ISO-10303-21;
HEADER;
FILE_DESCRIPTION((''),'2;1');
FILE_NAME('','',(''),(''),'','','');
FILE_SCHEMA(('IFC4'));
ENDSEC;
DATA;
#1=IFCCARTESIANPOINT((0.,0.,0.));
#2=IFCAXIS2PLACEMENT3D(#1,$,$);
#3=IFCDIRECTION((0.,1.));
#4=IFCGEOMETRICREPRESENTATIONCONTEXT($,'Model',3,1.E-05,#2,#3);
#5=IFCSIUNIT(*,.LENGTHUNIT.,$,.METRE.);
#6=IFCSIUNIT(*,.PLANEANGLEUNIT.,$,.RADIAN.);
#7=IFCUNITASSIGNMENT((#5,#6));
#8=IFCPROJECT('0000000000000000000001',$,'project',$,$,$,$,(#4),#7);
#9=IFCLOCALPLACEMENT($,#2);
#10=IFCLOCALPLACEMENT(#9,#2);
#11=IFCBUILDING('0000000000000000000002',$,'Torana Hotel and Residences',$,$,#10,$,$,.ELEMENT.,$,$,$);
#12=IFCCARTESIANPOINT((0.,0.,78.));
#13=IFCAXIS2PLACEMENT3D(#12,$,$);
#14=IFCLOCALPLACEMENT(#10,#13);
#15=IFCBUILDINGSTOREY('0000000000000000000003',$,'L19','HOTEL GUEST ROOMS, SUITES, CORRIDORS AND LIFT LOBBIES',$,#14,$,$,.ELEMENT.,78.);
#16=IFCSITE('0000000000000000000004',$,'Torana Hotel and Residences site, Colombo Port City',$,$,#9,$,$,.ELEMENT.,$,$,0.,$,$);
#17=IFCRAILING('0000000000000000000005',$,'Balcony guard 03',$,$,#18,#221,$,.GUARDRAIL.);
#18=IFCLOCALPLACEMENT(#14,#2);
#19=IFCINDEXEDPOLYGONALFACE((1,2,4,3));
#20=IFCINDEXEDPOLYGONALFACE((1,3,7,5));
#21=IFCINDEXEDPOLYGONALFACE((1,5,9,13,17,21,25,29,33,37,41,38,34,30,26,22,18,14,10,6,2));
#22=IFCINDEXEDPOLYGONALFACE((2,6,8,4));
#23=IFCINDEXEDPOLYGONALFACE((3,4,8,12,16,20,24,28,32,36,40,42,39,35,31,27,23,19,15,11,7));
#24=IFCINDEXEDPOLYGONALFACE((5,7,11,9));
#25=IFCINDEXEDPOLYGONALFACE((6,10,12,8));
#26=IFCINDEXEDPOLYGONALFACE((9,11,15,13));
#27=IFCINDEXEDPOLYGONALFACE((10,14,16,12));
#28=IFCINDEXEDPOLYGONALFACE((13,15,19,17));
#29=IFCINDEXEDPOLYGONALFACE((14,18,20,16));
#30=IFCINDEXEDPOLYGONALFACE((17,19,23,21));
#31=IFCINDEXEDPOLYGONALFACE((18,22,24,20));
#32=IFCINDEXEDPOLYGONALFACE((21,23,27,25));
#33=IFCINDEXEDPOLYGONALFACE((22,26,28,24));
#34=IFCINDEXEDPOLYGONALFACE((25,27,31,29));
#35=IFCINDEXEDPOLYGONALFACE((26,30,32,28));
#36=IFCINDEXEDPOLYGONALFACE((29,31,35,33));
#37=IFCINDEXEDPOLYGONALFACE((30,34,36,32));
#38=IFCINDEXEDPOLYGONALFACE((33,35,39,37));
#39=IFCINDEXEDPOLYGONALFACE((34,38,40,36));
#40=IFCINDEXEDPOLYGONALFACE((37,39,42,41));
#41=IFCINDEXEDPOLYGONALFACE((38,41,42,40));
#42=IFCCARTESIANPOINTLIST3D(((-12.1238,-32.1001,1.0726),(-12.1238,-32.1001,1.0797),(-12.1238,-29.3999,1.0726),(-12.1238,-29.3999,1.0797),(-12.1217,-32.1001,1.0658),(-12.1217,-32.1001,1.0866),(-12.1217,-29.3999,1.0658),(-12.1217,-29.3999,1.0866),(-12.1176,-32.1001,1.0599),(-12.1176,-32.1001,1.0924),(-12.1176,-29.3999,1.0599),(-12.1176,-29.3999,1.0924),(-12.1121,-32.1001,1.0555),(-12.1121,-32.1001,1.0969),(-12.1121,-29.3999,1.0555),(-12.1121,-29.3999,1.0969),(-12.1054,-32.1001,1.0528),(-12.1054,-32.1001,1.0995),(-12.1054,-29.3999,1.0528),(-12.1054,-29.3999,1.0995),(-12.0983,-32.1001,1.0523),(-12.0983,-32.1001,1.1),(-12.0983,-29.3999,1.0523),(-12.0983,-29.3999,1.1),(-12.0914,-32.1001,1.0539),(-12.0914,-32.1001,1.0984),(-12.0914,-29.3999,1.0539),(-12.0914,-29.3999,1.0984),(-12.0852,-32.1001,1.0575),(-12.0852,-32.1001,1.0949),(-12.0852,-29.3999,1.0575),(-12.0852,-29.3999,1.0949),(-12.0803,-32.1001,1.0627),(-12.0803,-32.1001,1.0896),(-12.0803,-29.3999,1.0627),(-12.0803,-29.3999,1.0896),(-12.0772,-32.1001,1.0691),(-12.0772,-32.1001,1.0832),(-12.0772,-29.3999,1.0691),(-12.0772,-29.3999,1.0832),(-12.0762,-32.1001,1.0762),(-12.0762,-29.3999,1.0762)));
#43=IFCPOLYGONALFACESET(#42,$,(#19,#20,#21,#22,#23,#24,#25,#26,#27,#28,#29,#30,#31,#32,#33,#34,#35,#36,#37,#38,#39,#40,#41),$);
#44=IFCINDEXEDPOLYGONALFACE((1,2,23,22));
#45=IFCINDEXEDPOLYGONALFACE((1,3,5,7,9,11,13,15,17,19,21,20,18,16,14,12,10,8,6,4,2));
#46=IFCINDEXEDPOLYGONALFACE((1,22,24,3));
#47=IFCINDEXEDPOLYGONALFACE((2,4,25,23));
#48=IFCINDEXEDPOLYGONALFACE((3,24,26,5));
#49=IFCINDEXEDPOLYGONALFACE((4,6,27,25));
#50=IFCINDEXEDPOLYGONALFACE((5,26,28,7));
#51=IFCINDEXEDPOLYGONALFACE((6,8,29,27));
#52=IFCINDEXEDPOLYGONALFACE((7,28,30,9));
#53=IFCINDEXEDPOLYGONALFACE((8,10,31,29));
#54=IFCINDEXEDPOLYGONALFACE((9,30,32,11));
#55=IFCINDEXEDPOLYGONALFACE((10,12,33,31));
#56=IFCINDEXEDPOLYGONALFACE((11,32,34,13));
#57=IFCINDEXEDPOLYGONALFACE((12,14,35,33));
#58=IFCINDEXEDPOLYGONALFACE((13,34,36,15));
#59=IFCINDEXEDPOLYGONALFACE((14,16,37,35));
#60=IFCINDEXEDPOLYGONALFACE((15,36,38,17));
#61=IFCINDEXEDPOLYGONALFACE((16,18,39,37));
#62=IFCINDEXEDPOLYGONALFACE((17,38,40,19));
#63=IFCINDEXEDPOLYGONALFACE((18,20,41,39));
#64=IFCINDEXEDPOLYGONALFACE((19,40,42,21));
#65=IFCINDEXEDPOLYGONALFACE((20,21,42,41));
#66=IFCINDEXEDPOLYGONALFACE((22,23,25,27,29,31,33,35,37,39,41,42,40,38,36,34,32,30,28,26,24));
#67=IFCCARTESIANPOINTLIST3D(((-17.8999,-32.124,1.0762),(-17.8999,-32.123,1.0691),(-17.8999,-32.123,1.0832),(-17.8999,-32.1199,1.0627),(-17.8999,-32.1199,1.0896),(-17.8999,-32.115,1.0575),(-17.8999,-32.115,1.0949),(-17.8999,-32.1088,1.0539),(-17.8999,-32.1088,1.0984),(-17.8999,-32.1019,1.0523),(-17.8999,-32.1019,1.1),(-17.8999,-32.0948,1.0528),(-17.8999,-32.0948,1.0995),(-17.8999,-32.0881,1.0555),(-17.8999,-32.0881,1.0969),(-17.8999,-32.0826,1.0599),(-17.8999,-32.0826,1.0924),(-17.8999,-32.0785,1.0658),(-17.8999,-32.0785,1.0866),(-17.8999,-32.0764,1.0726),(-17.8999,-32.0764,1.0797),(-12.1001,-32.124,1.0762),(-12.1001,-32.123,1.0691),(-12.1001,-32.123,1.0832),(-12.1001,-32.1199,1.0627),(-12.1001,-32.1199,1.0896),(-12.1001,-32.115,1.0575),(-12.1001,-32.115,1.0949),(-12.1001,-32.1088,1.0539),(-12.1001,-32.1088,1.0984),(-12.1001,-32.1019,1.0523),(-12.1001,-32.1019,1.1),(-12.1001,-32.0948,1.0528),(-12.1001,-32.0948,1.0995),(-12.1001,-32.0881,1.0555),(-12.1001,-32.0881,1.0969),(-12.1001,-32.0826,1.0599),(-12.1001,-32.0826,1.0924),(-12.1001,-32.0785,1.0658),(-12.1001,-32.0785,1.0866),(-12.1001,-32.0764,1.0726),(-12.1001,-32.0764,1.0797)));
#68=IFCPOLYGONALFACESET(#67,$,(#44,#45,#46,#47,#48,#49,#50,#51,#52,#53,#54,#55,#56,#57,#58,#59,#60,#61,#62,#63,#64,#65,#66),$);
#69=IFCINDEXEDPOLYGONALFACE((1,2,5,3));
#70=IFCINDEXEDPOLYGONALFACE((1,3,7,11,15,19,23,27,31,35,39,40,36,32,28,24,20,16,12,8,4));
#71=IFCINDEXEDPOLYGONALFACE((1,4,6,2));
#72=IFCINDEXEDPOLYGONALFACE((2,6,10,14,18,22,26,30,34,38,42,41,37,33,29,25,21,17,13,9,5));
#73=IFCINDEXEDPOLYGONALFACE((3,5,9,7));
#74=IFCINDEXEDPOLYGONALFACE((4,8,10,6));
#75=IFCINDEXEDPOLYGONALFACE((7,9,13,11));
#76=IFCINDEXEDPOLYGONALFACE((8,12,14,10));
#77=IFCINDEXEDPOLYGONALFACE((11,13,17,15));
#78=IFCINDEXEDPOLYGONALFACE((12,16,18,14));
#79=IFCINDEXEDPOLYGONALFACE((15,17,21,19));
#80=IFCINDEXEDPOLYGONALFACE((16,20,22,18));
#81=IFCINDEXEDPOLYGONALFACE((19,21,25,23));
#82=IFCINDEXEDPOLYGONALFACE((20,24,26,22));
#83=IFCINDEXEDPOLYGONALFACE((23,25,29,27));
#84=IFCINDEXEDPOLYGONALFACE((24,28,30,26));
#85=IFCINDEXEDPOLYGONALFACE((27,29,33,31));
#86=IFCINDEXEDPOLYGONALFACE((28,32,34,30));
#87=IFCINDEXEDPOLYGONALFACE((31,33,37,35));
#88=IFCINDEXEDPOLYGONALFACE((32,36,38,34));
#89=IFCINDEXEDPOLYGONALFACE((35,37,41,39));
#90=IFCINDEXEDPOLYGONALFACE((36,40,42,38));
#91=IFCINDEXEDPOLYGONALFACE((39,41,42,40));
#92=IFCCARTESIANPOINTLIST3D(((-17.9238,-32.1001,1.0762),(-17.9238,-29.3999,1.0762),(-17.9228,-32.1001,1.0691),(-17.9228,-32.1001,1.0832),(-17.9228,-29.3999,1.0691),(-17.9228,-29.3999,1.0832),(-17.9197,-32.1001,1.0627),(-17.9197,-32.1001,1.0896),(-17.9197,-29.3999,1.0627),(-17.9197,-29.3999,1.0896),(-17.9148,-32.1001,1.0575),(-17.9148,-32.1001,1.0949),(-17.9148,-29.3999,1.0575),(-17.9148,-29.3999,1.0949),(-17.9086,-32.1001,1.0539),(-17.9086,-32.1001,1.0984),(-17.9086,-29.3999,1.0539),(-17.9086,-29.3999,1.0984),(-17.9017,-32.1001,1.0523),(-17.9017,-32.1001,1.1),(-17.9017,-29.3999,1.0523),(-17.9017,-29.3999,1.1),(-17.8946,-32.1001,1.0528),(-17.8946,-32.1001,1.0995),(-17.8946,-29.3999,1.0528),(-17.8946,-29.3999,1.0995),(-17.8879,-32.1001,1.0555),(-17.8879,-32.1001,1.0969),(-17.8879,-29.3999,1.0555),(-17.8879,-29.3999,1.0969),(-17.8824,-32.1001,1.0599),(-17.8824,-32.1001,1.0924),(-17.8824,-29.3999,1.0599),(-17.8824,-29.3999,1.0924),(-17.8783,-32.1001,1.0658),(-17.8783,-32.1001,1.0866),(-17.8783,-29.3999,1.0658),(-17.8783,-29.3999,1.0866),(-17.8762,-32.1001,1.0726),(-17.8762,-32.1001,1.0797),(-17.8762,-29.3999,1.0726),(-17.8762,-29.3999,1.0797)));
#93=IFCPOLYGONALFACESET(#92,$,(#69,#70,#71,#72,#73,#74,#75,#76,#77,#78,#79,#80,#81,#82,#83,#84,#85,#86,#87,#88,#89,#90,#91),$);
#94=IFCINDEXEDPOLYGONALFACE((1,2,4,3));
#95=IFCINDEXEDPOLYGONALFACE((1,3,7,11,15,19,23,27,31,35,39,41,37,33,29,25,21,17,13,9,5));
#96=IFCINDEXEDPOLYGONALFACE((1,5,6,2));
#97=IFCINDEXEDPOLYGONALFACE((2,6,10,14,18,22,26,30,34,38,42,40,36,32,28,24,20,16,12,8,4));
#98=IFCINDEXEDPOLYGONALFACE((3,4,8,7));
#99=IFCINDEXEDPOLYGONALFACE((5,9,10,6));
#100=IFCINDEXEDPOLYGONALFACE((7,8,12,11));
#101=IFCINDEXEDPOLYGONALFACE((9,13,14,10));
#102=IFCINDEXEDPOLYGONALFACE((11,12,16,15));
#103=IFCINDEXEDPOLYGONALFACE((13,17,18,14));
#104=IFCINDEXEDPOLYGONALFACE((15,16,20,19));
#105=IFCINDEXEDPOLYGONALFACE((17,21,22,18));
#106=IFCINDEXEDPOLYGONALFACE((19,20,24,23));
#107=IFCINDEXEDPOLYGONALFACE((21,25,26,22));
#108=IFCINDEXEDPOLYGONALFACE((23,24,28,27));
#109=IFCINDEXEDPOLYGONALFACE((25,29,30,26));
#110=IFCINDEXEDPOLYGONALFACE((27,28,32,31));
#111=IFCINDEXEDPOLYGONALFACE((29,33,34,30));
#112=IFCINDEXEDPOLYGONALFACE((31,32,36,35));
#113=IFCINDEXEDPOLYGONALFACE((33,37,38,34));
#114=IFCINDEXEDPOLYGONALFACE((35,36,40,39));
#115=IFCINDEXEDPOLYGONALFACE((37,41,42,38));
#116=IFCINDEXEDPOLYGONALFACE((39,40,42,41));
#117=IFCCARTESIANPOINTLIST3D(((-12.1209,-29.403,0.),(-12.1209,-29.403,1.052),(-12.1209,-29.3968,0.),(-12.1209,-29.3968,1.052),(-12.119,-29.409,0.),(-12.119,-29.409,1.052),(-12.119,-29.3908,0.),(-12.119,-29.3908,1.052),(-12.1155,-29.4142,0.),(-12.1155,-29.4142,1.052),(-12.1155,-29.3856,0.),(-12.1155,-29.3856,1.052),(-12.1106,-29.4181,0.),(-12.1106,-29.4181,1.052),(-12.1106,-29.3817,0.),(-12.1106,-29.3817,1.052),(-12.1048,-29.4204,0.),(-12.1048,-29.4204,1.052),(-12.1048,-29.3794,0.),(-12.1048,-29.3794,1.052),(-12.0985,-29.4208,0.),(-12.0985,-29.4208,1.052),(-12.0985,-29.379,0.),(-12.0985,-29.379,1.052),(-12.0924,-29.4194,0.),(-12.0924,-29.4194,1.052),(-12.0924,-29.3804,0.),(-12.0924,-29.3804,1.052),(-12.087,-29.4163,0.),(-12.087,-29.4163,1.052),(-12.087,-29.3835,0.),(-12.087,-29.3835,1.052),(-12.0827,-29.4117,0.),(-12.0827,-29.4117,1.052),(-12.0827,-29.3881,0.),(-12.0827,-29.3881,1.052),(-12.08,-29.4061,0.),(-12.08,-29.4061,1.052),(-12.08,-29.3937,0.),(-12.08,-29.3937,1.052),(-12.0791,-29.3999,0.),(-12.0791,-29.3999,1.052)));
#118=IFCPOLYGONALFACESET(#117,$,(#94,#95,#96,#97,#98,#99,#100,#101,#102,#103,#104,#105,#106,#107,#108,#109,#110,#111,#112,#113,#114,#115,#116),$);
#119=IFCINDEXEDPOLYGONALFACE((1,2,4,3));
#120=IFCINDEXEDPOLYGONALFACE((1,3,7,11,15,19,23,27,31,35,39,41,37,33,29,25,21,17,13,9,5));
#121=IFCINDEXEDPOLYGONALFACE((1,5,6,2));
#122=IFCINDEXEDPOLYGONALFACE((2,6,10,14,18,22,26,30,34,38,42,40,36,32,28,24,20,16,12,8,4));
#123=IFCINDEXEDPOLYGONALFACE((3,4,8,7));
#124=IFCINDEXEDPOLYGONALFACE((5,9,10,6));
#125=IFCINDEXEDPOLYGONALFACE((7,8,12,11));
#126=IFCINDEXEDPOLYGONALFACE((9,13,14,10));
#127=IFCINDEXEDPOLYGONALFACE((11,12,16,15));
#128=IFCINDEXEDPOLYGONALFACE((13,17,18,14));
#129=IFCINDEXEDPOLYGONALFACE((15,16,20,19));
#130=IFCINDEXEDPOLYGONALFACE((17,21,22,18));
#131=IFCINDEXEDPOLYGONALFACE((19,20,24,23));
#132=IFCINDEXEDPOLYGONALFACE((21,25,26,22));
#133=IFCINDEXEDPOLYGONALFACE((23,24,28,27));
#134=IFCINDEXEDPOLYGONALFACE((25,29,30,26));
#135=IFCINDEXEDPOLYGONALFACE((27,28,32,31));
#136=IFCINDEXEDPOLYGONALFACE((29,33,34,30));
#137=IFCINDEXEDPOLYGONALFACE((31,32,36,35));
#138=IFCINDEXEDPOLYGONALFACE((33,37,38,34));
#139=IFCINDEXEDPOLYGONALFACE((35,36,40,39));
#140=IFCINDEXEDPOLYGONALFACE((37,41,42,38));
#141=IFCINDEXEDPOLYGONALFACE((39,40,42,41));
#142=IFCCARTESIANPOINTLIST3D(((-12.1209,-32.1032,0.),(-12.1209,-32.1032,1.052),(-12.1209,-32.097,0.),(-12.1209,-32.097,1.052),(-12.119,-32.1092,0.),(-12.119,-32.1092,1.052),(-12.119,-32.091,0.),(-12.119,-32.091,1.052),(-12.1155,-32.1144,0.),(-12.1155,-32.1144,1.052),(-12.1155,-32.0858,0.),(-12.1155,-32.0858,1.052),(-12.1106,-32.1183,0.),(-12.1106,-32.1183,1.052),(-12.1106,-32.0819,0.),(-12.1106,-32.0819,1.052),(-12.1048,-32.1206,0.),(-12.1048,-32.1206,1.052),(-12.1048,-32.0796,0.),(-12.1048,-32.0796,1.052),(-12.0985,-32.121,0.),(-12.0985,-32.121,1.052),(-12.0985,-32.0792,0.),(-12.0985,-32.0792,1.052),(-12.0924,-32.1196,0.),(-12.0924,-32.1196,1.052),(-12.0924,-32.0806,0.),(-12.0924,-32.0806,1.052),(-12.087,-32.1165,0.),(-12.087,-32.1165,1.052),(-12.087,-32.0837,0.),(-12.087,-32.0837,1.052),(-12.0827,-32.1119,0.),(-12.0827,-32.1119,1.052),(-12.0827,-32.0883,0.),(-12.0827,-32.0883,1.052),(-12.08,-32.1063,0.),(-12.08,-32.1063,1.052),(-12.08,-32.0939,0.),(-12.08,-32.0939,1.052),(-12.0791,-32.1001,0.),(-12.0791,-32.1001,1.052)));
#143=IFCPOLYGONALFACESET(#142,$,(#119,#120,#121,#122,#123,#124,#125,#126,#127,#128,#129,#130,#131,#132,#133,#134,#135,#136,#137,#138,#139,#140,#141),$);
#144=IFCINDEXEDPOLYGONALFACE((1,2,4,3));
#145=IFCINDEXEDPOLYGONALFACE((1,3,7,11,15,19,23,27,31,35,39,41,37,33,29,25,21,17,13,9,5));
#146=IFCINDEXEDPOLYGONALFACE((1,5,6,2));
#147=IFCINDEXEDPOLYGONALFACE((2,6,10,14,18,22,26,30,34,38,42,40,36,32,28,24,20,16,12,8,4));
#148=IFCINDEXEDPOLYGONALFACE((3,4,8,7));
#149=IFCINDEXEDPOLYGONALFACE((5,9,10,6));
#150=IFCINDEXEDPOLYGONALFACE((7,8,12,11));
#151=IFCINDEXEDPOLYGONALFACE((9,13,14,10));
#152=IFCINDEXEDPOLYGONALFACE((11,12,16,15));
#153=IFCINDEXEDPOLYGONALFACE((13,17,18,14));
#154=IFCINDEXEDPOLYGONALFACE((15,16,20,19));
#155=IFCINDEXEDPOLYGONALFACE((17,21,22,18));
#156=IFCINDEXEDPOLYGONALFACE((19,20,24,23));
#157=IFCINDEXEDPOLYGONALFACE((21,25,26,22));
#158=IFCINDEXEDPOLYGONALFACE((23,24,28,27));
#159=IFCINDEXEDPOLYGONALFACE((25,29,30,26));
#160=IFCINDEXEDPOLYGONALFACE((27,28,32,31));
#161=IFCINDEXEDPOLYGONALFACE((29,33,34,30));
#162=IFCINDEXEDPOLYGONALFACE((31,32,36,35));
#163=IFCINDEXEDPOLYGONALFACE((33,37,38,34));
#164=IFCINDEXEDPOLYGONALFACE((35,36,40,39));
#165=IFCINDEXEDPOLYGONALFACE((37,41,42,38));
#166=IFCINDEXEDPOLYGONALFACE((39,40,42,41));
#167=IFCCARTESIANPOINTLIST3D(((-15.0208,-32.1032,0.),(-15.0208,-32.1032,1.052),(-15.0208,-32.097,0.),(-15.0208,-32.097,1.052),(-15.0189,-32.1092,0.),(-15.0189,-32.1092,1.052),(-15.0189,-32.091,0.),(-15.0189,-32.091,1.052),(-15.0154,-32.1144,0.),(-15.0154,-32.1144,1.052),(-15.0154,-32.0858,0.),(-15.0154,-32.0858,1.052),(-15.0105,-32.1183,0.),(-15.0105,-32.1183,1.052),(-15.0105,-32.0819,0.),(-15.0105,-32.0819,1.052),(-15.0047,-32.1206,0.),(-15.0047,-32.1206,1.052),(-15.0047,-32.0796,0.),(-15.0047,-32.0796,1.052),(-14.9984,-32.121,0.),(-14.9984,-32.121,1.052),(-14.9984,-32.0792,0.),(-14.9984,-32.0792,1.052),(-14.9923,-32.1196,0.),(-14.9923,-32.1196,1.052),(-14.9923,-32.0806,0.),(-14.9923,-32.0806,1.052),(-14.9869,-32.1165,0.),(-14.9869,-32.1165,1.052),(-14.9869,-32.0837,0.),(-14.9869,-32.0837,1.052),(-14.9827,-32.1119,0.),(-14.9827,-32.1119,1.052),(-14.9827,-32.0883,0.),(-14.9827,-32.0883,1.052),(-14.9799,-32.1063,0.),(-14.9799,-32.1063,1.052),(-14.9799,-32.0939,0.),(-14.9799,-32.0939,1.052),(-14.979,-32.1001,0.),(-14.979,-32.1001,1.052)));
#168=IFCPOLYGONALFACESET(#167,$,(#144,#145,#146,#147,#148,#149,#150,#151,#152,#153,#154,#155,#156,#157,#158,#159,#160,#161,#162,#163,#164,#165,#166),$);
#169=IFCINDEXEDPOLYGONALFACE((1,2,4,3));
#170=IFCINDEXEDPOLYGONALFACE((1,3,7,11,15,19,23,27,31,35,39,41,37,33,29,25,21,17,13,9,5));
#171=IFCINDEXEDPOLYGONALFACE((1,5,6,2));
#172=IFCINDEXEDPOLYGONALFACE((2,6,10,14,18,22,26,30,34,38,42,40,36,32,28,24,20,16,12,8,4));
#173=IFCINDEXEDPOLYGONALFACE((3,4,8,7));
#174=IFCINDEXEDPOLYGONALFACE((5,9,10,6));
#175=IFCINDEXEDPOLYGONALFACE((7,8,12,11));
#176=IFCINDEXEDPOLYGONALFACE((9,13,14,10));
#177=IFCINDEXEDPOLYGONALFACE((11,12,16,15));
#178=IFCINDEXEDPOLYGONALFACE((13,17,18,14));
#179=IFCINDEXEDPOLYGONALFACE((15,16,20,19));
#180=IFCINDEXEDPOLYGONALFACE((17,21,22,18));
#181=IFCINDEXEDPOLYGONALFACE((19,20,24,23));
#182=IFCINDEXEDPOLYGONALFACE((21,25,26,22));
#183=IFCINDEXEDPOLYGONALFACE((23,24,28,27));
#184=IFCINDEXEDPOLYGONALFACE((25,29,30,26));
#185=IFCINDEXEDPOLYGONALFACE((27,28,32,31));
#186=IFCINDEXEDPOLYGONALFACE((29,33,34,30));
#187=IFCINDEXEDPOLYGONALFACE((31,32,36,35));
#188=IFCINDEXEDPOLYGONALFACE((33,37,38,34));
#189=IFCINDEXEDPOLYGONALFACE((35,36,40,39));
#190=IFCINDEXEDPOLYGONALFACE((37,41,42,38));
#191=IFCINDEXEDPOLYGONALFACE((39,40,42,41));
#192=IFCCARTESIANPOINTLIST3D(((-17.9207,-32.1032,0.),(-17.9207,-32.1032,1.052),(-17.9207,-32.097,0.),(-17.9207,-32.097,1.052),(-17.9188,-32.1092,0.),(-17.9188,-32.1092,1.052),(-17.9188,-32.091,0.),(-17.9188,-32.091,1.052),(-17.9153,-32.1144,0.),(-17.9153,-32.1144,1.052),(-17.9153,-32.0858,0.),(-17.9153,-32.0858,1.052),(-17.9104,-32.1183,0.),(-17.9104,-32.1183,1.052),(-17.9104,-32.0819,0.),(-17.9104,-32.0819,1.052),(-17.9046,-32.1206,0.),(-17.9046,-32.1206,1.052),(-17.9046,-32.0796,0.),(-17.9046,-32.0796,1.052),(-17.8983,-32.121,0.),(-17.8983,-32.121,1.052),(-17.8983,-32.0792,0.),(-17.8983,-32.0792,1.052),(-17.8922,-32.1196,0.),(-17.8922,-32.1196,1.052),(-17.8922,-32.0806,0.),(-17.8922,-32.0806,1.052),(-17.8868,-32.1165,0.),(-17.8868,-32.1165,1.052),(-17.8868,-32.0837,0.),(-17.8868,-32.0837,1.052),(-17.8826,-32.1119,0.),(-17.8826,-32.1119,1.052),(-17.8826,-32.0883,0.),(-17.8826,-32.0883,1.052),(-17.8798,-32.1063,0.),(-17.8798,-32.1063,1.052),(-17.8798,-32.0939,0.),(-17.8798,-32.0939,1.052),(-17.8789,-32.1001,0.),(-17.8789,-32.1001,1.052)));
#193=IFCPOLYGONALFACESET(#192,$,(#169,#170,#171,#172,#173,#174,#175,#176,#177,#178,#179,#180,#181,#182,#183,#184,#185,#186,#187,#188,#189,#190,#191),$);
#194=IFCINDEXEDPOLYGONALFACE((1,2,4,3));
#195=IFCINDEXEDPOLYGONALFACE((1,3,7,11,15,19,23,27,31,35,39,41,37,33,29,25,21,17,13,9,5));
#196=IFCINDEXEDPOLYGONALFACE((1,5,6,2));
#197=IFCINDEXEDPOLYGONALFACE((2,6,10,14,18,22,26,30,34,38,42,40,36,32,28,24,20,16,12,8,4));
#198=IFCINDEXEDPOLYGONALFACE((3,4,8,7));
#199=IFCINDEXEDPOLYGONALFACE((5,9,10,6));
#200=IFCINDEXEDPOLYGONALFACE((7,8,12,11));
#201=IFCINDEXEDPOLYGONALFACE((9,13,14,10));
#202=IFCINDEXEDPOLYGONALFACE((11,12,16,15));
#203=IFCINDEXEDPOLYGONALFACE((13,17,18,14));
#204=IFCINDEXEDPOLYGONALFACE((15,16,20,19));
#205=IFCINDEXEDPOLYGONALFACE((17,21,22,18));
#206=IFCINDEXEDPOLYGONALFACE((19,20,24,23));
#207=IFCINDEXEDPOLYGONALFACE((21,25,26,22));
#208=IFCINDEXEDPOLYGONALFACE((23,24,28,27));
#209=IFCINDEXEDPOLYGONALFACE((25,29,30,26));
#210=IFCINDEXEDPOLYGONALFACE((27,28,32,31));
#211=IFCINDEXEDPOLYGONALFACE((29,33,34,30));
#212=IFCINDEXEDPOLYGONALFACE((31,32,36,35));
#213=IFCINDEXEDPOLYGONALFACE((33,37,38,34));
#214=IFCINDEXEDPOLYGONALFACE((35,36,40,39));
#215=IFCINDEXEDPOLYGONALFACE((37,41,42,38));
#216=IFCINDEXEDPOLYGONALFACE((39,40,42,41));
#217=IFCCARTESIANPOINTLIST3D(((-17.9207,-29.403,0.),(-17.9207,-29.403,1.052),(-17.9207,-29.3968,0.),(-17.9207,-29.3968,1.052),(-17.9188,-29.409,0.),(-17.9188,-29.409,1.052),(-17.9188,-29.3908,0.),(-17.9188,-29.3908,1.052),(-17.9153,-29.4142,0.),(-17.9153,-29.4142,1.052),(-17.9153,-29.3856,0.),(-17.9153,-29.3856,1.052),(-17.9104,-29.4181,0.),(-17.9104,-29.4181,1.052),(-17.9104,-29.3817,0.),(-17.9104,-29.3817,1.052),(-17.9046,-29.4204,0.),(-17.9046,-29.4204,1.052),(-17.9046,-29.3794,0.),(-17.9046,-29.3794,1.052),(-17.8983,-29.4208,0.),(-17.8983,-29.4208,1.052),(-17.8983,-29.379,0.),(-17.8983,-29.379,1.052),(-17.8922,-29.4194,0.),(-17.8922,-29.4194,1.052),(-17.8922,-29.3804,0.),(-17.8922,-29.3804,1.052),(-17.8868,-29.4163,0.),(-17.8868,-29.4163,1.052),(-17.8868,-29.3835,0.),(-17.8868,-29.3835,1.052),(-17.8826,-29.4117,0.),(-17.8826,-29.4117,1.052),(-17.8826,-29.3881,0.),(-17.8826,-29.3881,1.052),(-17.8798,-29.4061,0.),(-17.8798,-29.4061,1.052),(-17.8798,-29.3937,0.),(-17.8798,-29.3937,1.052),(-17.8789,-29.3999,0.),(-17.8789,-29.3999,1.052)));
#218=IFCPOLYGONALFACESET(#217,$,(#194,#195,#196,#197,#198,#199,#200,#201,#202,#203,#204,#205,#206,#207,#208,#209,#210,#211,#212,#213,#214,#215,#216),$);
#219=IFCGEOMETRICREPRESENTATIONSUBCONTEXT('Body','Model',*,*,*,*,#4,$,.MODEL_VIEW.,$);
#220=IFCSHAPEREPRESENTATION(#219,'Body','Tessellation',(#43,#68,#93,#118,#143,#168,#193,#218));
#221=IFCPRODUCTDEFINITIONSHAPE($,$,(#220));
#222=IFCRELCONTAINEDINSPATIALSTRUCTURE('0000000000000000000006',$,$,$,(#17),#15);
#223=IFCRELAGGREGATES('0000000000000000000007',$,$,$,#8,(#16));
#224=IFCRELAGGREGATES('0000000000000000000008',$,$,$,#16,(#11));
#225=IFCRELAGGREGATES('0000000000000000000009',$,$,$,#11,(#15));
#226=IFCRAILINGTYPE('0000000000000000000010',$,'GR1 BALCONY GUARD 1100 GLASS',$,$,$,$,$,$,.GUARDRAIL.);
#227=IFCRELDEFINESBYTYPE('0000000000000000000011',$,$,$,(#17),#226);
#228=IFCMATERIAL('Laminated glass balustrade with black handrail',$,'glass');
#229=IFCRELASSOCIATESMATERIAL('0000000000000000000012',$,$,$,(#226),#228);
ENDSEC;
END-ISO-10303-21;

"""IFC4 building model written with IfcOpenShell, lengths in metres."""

from ifc_helpers import new_model, si_unit, direction, frame, origin, origin_2d, place, context, subcontext, project, spatial, circle, extrude, material, type_object, element, save


model = new_model("IFC4")

# Units and contexts
model_context = context("Model", 3, precision=1e-05, world=origin(), true_north=direction((0.0, 1.0)))
body_context = subcontext(model_context, "Body", "Model", "MODEL_VIEW")
ifc_project = project(units=[si_unit("LENGTHUNIT", "METRE"), si_unit("PLANEANGLEUNIT", "RADIAN")], contexts=[model_context])

# Site, building, storey
site_placement = place(None, origin())
site = spatial("IfcSite", under=ifc_project, at=site_placement, Name="Torana Hotel and Residences site, Colombo Port City", CompositionType="ELEMENT", RefElevation=0.0)
building_placement = place(site_placement, origin())
building = spatial("IfcBuilding", under=site, at=building_placement, Name="Torana Hotel and Residences", CompositionType="ELEMENT")
storey_placement = place(building_placement, frame((0.0, 0.0, 78.0)))
storey = spatial("IfcBuildingStorey", under=building, at=storey_placement, Name="L19", Description="HOTEL GUEST ROOMS, SUITES, CORRIDORS AND LIFT LOBBIES", CompositionType="ELEMENT", Elevation=78.0)

# Railing
ifc_material_1 = material(Name="Laminated glass balustrade with black handrail", Category="glass")
railing_type = type_object("IfcRailingType", Name="GR1 BALCONY GUARD 1100 GLASS", PredefinedType="GUARDRAIL", material=ifc_material_1)
railing_placement = place(storey_placement, frame((-12.1001, -29.3999, 0.0)))
element("IfcRailing", 1, at=railing_placement, inside=storey, type_object=railing_type, Name="Balcony guard 03", PredefinedType="GUARDRAIL", context=body_context, shape_type="SweptSolid", body=[
    extrude(circle(Radius=0.0239, at=origin_2d()), frame((0.0, 0.0, 1.0762), z_axis=(0.0, -1.0, 0.0), x_axis=(1.0, 0.0, 0.0)), (0.0, 0.0, 1.0), 2.7002),
    extrude(circle(Radius=0.0239, at=origin_2d()), frame((0.0, -2.7002, 1.0762), z_axis=(-1.0, 0.0, 0.0), x_axis=(0.0, -1.0, 0.0)), (0.0, 0.0, 1.0), 5.7998),
    extrude(circle(Radius=0.0239, at=origin_2d()), frame((-5.7998, -2.7002, 1.0762), z_axis=(0.0, 1.0, 0.0), x_axis=(-1.0, 0.0, 0.0)), (0.0, 0.0, 1.0), 2.7002),
    extrude(circle(Radius=0.021, at=origin_2d()), origin(), (0.0, 0.0, 1.0), 1.052),
    extrude(circle(Radius=0.021, at=origin_2d()), frame((0.0, -2.7002, 0.0)), (0.0, 0.0, 1.0), 1.052),
    extrude(circle(Radius=0.021, at=origin_2d()), frame((-2.8999, -2.7002, 0.0)), (0.0, 0.0, 1.0), 1.052),
    extrude(circle(Radius=0.021, at=origin_2d()), frame((-5.7998, -2.7002, 0.0)), (0.0, 0.0, 1.0), 1.052),
    extrude(circle(Radius=0.021, at=origin_2d()), frame((-5.7998, 0.0, 0.0)), (0.0, 0.0, 1.0), 1.052),
])

save(model, "model.ifc")
